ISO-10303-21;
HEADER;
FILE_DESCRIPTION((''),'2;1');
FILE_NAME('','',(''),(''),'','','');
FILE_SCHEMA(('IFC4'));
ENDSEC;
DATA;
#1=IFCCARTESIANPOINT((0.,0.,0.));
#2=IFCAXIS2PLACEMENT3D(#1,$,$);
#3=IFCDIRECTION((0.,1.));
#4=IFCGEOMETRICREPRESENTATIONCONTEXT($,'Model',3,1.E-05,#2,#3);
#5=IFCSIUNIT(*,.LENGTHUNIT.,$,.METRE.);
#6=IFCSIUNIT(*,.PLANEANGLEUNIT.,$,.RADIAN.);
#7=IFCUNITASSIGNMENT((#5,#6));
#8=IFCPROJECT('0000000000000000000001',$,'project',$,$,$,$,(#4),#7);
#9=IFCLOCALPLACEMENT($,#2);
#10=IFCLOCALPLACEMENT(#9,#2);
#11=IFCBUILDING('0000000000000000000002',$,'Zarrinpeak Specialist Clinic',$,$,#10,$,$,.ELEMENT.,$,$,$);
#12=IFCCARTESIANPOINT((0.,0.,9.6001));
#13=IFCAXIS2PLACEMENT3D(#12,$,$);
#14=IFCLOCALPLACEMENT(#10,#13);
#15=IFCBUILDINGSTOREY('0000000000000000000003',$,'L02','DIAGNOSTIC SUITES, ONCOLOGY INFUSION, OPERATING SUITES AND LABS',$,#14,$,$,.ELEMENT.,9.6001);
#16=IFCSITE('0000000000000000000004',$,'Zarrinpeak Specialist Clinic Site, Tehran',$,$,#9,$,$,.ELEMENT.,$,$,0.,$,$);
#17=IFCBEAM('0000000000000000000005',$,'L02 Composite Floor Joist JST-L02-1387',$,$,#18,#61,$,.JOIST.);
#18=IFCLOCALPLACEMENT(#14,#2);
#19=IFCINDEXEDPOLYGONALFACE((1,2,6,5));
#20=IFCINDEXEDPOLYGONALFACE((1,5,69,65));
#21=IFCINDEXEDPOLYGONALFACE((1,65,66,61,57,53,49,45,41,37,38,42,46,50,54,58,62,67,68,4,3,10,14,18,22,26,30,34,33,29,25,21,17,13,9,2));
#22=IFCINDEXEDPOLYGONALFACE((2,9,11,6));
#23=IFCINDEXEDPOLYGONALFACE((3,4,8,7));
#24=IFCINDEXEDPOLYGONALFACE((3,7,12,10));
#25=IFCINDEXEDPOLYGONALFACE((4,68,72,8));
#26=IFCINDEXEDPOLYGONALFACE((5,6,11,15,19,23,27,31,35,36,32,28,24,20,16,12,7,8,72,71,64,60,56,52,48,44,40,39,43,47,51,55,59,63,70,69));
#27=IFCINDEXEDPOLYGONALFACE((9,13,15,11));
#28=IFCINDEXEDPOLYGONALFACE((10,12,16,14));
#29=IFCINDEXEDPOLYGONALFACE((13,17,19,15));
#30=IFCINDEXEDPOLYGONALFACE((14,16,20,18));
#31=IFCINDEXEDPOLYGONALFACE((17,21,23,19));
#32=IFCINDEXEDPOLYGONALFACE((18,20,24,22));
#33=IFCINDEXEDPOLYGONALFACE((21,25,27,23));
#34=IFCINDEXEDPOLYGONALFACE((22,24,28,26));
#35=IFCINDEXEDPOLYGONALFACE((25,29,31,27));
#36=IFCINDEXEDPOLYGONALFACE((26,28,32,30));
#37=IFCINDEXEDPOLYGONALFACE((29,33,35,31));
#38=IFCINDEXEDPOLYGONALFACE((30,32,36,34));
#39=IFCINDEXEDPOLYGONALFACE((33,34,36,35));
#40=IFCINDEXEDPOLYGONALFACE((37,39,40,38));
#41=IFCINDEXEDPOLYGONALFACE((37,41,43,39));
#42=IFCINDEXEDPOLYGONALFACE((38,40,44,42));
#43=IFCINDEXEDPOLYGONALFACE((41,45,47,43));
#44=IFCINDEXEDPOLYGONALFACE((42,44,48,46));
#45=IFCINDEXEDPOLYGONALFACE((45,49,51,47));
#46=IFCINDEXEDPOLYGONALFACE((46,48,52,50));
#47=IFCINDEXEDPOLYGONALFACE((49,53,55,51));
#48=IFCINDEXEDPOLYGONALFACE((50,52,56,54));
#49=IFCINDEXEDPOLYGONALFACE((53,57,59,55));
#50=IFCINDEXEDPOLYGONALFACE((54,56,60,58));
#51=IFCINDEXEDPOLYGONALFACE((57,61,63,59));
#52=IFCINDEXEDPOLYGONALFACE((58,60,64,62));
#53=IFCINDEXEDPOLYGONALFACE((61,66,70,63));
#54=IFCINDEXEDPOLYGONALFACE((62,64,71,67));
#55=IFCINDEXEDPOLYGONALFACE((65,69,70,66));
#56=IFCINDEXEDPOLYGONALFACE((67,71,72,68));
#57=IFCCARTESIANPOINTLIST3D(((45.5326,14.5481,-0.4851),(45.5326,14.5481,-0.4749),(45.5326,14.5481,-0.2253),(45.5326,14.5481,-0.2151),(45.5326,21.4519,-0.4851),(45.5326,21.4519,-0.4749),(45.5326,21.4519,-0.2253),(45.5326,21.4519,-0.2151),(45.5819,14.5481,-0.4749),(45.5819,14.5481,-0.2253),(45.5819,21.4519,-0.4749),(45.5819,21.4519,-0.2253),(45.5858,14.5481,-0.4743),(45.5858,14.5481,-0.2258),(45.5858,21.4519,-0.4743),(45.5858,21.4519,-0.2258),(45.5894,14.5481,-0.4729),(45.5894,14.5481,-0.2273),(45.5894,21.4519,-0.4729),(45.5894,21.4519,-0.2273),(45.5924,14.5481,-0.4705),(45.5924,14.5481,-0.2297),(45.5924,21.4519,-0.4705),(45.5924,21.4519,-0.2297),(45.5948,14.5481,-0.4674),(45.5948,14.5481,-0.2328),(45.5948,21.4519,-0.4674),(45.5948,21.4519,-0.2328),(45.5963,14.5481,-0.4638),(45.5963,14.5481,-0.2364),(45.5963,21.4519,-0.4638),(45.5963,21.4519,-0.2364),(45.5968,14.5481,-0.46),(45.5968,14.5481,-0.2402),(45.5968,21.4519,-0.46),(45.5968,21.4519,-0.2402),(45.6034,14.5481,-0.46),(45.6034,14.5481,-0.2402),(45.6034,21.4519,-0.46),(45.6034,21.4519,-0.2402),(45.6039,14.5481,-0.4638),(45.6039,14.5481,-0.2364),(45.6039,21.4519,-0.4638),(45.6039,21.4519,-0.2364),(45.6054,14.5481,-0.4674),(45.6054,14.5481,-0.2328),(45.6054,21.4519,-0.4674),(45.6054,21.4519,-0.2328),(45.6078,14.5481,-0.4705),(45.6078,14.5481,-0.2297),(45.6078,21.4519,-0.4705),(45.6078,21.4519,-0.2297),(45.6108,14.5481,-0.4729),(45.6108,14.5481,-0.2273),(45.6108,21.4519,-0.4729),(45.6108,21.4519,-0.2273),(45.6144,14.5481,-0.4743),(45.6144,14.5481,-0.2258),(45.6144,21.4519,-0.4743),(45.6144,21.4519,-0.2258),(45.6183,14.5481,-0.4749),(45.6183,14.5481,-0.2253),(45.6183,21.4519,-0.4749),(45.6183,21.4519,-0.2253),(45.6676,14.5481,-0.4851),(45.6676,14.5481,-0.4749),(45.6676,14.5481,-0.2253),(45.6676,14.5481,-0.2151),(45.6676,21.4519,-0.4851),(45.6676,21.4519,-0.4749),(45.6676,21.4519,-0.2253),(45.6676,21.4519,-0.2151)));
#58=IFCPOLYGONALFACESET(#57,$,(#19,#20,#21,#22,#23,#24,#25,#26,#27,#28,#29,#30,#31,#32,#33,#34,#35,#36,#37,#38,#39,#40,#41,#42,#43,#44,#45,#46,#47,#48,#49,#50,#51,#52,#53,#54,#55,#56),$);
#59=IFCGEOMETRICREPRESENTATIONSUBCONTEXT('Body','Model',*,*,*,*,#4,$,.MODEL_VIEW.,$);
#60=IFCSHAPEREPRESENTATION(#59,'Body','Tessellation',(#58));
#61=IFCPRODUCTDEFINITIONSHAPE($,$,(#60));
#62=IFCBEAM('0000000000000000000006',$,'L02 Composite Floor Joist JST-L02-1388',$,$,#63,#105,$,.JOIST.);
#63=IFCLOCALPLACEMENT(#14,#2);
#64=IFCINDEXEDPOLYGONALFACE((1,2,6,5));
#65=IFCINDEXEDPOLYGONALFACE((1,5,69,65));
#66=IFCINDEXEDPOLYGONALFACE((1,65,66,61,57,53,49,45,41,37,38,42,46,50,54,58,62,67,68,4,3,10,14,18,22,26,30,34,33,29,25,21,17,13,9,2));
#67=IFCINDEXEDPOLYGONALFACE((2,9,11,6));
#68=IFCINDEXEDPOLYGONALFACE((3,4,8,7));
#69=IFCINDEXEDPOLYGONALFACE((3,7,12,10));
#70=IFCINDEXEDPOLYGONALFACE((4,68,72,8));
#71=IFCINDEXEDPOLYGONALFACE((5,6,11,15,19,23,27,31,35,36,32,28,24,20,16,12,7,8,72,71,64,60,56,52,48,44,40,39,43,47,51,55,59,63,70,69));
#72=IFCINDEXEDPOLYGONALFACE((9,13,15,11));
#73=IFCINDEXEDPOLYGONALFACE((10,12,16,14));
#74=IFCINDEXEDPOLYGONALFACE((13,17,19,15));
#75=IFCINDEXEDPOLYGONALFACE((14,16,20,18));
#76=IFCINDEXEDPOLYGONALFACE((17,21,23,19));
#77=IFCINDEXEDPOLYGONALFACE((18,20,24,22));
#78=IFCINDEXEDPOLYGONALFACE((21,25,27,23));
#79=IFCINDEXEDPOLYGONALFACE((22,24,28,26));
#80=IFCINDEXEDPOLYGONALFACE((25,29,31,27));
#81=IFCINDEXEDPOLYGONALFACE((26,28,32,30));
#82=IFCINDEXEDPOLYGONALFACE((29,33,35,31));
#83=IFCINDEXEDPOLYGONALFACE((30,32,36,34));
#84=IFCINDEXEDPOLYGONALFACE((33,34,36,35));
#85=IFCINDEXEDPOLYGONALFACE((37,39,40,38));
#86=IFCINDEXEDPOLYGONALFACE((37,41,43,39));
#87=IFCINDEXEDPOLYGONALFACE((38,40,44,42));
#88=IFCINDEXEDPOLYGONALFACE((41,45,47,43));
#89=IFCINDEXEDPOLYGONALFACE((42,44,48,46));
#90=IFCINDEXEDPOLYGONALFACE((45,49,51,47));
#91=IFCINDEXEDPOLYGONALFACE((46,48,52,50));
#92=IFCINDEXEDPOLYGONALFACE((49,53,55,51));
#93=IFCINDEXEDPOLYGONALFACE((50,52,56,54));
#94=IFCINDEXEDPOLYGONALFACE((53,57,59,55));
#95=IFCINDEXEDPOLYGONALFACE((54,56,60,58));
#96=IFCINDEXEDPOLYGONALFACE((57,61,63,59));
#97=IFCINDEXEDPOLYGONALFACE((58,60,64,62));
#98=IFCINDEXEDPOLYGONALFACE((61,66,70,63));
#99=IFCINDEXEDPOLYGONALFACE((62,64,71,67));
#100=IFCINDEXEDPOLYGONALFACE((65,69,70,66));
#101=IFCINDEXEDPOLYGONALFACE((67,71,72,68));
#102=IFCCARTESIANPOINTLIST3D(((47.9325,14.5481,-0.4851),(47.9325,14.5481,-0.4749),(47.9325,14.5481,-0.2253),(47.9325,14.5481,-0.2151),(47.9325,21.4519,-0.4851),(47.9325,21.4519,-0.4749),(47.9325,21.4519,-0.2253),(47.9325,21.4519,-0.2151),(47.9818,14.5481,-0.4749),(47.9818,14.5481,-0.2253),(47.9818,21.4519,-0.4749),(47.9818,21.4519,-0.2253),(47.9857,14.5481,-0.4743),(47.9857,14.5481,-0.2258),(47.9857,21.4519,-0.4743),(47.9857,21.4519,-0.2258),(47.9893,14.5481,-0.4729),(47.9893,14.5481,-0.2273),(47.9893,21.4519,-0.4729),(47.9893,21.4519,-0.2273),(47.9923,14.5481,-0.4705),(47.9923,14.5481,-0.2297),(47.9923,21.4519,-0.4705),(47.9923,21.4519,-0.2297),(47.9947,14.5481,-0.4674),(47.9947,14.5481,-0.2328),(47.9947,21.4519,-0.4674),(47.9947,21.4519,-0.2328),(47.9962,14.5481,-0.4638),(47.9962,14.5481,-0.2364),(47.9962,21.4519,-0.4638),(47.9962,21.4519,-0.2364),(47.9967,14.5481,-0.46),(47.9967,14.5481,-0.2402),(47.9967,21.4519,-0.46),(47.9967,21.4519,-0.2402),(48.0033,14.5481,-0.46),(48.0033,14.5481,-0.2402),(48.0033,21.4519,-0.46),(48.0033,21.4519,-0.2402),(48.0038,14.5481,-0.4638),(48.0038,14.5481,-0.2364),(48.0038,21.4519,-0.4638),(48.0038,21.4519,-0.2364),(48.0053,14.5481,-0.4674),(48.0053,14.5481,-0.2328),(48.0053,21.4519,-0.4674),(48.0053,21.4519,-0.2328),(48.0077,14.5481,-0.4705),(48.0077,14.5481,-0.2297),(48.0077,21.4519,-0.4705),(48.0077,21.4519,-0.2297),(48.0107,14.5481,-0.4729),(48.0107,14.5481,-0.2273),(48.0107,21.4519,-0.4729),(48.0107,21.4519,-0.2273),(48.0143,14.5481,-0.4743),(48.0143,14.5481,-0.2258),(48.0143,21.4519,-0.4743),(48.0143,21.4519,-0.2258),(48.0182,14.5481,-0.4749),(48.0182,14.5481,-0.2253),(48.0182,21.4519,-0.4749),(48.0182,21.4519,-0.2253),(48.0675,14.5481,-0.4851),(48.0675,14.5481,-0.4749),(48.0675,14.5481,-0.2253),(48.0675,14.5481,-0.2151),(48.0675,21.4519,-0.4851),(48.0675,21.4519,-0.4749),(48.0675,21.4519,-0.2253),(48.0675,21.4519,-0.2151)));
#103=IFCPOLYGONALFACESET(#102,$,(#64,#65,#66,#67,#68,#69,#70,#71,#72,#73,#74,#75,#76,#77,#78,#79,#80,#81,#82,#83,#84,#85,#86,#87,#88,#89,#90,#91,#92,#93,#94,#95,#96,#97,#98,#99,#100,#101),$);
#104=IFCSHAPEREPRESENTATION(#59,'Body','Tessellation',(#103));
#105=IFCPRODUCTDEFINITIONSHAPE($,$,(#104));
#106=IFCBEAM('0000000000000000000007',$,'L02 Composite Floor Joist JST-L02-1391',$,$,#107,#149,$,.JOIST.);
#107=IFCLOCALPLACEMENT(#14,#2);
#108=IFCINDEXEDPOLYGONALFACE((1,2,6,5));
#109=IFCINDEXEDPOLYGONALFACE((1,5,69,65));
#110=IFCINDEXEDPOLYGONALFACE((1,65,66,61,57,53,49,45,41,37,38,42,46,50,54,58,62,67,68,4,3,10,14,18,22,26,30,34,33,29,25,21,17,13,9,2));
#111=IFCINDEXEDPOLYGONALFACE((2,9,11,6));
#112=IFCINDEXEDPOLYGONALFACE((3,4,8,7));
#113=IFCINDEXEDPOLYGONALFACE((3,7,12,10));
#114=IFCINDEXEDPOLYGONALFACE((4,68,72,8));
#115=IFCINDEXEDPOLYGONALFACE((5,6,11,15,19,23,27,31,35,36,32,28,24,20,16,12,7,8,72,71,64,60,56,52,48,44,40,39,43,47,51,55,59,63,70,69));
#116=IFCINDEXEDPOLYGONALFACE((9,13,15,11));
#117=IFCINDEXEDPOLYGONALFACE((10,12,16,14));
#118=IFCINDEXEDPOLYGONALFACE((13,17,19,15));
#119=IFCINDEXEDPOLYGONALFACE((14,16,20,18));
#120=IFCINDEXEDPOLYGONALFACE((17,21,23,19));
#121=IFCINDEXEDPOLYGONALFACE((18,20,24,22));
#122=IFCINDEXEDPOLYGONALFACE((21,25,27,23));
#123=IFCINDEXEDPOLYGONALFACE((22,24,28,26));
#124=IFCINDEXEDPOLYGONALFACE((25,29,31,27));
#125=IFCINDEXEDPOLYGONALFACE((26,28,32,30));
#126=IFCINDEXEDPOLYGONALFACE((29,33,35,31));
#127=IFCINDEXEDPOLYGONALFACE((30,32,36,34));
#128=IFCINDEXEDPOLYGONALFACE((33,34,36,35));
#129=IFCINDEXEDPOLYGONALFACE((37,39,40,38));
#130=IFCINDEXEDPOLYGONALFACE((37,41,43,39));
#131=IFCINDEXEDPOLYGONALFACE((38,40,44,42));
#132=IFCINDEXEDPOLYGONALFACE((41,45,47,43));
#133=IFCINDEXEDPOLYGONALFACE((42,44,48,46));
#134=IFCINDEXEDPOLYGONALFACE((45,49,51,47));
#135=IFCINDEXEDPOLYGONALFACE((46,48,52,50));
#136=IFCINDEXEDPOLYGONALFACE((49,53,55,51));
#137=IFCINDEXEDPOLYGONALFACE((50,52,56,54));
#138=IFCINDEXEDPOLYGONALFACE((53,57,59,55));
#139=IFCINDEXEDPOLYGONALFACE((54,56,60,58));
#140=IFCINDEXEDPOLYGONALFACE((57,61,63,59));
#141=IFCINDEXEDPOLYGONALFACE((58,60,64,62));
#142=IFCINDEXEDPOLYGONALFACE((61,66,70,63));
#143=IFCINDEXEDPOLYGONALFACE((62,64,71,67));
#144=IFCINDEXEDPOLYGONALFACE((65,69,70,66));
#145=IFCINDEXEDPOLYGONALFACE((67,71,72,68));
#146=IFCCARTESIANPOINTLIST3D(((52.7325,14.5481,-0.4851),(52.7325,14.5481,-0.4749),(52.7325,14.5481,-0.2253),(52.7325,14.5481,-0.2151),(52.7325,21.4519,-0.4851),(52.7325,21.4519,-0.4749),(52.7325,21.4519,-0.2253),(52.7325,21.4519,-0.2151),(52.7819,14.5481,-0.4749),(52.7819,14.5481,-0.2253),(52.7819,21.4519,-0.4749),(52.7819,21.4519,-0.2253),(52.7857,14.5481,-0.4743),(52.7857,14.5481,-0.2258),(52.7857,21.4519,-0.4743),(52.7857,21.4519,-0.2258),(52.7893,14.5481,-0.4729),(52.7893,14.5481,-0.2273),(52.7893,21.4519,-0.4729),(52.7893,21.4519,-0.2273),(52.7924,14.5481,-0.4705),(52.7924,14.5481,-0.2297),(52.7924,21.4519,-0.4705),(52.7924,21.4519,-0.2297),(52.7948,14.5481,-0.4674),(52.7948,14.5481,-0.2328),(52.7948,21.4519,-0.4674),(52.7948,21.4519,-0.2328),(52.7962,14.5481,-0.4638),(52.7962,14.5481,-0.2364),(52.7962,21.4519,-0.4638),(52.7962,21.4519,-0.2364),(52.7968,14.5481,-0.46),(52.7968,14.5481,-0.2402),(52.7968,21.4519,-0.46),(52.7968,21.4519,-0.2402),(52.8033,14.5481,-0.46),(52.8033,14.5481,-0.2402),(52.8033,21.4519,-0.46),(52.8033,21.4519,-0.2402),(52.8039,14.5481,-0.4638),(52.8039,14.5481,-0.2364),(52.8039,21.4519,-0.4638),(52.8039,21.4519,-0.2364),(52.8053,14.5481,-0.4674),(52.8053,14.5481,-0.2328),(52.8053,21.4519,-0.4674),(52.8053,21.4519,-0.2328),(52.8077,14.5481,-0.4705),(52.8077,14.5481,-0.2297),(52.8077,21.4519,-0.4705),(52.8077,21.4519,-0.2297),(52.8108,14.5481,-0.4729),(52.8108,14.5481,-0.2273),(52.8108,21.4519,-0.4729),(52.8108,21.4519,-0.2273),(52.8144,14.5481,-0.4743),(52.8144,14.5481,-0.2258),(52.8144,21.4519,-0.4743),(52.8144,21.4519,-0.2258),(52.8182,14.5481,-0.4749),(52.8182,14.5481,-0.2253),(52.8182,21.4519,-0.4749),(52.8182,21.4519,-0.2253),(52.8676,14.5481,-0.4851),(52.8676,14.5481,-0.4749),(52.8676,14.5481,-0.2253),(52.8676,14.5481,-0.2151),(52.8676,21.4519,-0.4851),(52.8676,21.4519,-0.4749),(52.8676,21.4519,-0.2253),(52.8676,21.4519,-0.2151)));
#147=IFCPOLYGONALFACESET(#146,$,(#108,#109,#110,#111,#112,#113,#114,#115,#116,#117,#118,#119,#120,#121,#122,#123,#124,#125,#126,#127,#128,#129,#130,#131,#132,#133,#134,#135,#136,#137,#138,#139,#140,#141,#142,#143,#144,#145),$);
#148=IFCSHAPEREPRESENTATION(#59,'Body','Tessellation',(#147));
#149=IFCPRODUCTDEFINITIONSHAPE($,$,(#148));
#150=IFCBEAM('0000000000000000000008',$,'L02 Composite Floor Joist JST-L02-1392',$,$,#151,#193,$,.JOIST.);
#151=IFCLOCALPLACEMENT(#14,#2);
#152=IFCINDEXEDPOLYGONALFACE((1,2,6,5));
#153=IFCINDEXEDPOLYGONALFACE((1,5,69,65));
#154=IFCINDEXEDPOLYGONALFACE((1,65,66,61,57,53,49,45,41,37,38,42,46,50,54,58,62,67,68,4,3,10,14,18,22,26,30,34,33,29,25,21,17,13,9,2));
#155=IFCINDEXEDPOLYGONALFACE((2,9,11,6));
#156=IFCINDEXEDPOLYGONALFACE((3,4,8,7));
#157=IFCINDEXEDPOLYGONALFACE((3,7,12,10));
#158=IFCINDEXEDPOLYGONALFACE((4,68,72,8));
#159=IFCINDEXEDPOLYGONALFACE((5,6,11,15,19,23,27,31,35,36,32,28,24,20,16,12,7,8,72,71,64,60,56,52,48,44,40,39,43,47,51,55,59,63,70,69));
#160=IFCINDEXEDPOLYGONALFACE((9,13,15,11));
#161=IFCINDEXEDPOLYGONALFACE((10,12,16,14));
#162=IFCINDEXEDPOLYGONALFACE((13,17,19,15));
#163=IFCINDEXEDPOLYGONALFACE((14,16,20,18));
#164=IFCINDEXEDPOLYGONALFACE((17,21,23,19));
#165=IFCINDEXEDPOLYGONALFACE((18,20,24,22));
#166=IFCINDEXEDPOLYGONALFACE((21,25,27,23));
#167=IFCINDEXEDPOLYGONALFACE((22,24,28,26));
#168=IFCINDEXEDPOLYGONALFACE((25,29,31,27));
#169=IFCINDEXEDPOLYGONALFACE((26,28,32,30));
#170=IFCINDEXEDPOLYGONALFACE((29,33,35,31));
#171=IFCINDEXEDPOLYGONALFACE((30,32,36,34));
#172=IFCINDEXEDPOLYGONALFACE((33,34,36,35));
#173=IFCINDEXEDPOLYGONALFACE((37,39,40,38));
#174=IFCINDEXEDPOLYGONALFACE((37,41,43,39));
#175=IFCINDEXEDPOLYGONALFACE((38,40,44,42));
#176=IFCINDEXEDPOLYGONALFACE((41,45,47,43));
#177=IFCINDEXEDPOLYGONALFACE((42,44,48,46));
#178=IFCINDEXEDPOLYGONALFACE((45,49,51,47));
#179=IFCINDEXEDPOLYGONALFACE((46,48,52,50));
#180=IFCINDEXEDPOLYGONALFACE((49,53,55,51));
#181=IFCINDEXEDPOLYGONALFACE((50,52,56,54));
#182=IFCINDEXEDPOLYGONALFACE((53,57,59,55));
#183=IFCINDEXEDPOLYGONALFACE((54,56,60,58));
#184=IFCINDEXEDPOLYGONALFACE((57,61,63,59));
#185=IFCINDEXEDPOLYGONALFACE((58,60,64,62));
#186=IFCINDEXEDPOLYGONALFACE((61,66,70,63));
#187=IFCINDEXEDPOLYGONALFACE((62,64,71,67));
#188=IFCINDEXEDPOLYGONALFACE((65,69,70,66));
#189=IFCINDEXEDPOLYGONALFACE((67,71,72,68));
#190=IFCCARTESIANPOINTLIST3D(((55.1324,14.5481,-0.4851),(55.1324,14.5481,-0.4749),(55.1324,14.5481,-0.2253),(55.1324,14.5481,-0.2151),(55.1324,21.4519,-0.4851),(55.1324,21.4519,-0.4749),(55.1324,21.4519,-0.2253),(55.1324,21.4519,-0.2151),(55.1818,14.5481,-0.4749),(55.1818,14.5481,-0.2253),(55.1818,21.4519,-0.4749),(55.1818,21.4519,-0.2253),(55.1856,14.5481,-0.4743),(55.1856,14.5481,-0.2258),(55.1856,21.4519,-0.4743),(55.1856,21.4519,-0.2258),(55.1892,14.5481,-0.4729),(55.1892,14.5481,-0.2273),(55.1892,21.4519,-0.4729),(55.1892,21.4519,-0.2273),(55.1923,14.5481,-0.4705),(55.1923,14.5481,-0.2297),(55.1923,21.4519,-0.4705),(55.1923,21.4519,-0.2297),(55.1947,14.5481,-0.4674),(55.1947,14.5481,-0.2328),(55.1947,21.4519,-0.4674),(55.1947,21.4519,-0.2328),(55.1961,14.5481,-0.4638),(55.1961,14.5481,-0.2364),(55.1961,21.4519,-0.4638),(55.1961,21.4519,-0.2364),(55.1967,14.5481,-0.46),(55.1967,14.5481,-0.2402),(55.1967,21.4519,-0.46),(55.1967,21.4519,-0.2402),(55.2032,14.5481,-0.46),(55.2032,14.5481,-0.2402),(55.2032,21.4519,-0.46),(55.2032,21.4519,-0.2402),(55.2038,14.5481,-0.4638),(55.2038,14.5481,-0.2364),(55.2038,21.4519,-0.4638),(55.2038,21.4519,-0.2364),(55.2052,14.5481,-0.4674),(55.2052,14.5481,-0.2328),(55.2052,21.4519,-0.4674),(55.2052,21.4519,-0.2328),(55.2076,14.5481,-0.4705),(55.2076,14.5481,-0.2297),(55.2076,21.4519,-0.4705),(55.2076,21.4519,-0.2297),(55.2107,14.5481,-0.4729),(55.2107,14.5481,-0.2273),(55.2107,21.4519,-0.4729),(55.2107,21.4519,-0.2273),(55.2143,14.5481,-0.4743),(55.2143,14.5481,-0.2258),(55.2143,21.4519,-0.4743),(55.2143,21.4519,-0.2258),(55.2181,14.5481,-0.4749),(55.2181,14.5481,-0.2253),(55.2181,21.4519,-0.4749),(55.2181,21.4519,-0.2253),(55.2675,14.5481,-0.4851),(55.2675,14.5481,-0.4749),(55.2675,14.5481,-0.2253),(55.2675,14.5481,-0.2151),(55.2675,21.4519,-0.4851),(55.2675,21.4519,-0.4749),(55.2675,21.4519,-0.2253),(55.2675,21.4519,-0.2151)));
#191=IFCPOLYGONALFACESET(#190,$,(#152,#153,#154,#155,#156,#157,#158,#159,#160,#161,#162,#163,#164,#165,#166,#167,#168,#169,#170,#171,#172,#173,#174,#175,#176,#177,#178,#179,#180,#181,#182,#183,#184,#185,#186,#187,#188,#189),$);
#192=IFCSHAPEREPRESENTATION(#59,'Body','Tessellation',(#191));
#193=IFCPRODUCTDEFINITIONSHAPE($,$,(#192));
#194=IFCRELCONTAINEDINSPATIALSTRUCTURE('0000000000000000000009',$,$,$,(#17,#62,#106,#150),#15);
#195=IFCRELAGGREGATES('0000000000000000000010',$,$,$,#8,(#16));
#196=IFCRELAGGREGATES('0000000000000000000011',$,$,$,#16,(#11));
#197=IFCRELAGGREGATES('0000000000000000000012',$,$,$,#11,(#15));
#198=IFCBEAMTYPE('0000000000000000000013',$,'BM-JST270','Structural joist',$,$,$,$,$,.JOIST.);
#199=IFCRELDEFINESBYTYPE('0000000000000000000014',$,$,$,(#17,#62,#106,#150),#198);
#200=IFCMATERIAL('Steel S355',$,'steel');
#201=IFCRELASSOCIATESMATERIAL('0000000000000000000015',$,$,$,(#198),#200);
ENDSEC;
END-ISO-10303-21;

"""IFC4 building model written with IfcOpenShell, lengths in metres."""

from ifc_helpers import new_model, si_unit, direction, frame, origin, origin_2d, place, context, subcontext, project, spatial, i_section, extrude, material, material_profile, profile_set, type_object, element, save


model = new_model("IFC4")

# Units and contexts
model_context = context("Model", 3, precision=1e-05, world=origin(), true_north=direction((0.0, 1.0)))
body_context = subcontext(model_context, "Body", "Model", "MODEL_VIEW")
ifc_project = project(units=[si_unit("LENGTHUNIT", "METRE"), si_unit("PLANEANGLEUNIT", "RADIAN")], contexts=[model_context])

# Site, building, storey
site_placement = place(None, origin())
site = spatial("IfcSite", under=ifc_project, at=site_placement, Name="Zarrinpeak Specialist Clinic Site, Tehran", CompositionType="ELEMENT", RefElevation=0.0)
building_placement = place(site_placement, origin())
building = spatial("IfcBuilding", under=site, at=building_placement, Name="Zarrinpeak Specialist Clinic", CompositionType="ELEMENT")
storey_placement = place(building_placement, frame((0.0, 0.0, 9.6001)))
storey = spatial("IfcBuildingStorey", under=building, at=storey_placement, Name="L02", Description="DIAGNOSTIC SUITES, ONCOLOGY INFUSION, OPERATING SUITES AND LABS", CompositionType="ELEMENT", Elevation=9.6001)

# Shared definitions
ifc_material_1 = material(Name="Steel S355", Category="steel")

# Beams
ifc_material_profile_1 = material_profile(ifc_material_1, i_section(OverallWidth=0.135, OverallDepth=0.27, WebThickness=0.0066, FlangeThickness=0.0103, FilletRadius=0.0149, at=origin_2d()), Name="IPE 270")
ifc_profile_set_1 = profile_set([ifc_material_profile_1], Name="Steel S355")
beam_type_1 = type_object("IfcBeamType", Name="BM-JST270", Description="Structural joist", PredefinedType="JOIST", material=ifc_profile_set_1)
for number, where, z_axis, x_axis, name in (
    (1, (45.6001, 14.5481, -0.3501), (0.0, 1.0, 0.0), (-1.0, 0.0, 0.0), "L02 Composite Floor Joist JST-L02-1387"),
    (2, (48.0, 14.5481, -0.3501), (0.0, 1.0, 0.0), (-1.0, 0.0, 0.0), "L02 Composite Floor Joist JST-L02-1388"),
    (3, (52.8, 14.5481, -0.3501), (0.0, 1.0, 0.0), (-1.0, 0.0, 0.0), "L02 Composite Floor Joist JST-L02-1391"),
    (4, (55.2, 14.5481, -0.3501), (0.0, 1.0, 0.0), (-1.0, 0.0, 0.0), "L02 Composite Floor Joist JST-L02-1392"),
):
    element("IfcBeam", number, at=place(storey_placement, frame(where, z_axis=z_axis, x_axis=x_axis)), inside=storey, type_object=beam_type_1, Name=name, PredefinedType="JOIST", context=body_context, shape_type="SweptSolid", body=[
        extrude(i_section(OverallWidth=0.135, OverallDepth=0.27, WebThickness=0.0066, FlangeThickness=0.0103, FilletRadius=0.0149, at=origin_2d()), origin(), (0.0, 0.0, 1.0), 6.9038),
    ])

save(model, "model.ifc")
